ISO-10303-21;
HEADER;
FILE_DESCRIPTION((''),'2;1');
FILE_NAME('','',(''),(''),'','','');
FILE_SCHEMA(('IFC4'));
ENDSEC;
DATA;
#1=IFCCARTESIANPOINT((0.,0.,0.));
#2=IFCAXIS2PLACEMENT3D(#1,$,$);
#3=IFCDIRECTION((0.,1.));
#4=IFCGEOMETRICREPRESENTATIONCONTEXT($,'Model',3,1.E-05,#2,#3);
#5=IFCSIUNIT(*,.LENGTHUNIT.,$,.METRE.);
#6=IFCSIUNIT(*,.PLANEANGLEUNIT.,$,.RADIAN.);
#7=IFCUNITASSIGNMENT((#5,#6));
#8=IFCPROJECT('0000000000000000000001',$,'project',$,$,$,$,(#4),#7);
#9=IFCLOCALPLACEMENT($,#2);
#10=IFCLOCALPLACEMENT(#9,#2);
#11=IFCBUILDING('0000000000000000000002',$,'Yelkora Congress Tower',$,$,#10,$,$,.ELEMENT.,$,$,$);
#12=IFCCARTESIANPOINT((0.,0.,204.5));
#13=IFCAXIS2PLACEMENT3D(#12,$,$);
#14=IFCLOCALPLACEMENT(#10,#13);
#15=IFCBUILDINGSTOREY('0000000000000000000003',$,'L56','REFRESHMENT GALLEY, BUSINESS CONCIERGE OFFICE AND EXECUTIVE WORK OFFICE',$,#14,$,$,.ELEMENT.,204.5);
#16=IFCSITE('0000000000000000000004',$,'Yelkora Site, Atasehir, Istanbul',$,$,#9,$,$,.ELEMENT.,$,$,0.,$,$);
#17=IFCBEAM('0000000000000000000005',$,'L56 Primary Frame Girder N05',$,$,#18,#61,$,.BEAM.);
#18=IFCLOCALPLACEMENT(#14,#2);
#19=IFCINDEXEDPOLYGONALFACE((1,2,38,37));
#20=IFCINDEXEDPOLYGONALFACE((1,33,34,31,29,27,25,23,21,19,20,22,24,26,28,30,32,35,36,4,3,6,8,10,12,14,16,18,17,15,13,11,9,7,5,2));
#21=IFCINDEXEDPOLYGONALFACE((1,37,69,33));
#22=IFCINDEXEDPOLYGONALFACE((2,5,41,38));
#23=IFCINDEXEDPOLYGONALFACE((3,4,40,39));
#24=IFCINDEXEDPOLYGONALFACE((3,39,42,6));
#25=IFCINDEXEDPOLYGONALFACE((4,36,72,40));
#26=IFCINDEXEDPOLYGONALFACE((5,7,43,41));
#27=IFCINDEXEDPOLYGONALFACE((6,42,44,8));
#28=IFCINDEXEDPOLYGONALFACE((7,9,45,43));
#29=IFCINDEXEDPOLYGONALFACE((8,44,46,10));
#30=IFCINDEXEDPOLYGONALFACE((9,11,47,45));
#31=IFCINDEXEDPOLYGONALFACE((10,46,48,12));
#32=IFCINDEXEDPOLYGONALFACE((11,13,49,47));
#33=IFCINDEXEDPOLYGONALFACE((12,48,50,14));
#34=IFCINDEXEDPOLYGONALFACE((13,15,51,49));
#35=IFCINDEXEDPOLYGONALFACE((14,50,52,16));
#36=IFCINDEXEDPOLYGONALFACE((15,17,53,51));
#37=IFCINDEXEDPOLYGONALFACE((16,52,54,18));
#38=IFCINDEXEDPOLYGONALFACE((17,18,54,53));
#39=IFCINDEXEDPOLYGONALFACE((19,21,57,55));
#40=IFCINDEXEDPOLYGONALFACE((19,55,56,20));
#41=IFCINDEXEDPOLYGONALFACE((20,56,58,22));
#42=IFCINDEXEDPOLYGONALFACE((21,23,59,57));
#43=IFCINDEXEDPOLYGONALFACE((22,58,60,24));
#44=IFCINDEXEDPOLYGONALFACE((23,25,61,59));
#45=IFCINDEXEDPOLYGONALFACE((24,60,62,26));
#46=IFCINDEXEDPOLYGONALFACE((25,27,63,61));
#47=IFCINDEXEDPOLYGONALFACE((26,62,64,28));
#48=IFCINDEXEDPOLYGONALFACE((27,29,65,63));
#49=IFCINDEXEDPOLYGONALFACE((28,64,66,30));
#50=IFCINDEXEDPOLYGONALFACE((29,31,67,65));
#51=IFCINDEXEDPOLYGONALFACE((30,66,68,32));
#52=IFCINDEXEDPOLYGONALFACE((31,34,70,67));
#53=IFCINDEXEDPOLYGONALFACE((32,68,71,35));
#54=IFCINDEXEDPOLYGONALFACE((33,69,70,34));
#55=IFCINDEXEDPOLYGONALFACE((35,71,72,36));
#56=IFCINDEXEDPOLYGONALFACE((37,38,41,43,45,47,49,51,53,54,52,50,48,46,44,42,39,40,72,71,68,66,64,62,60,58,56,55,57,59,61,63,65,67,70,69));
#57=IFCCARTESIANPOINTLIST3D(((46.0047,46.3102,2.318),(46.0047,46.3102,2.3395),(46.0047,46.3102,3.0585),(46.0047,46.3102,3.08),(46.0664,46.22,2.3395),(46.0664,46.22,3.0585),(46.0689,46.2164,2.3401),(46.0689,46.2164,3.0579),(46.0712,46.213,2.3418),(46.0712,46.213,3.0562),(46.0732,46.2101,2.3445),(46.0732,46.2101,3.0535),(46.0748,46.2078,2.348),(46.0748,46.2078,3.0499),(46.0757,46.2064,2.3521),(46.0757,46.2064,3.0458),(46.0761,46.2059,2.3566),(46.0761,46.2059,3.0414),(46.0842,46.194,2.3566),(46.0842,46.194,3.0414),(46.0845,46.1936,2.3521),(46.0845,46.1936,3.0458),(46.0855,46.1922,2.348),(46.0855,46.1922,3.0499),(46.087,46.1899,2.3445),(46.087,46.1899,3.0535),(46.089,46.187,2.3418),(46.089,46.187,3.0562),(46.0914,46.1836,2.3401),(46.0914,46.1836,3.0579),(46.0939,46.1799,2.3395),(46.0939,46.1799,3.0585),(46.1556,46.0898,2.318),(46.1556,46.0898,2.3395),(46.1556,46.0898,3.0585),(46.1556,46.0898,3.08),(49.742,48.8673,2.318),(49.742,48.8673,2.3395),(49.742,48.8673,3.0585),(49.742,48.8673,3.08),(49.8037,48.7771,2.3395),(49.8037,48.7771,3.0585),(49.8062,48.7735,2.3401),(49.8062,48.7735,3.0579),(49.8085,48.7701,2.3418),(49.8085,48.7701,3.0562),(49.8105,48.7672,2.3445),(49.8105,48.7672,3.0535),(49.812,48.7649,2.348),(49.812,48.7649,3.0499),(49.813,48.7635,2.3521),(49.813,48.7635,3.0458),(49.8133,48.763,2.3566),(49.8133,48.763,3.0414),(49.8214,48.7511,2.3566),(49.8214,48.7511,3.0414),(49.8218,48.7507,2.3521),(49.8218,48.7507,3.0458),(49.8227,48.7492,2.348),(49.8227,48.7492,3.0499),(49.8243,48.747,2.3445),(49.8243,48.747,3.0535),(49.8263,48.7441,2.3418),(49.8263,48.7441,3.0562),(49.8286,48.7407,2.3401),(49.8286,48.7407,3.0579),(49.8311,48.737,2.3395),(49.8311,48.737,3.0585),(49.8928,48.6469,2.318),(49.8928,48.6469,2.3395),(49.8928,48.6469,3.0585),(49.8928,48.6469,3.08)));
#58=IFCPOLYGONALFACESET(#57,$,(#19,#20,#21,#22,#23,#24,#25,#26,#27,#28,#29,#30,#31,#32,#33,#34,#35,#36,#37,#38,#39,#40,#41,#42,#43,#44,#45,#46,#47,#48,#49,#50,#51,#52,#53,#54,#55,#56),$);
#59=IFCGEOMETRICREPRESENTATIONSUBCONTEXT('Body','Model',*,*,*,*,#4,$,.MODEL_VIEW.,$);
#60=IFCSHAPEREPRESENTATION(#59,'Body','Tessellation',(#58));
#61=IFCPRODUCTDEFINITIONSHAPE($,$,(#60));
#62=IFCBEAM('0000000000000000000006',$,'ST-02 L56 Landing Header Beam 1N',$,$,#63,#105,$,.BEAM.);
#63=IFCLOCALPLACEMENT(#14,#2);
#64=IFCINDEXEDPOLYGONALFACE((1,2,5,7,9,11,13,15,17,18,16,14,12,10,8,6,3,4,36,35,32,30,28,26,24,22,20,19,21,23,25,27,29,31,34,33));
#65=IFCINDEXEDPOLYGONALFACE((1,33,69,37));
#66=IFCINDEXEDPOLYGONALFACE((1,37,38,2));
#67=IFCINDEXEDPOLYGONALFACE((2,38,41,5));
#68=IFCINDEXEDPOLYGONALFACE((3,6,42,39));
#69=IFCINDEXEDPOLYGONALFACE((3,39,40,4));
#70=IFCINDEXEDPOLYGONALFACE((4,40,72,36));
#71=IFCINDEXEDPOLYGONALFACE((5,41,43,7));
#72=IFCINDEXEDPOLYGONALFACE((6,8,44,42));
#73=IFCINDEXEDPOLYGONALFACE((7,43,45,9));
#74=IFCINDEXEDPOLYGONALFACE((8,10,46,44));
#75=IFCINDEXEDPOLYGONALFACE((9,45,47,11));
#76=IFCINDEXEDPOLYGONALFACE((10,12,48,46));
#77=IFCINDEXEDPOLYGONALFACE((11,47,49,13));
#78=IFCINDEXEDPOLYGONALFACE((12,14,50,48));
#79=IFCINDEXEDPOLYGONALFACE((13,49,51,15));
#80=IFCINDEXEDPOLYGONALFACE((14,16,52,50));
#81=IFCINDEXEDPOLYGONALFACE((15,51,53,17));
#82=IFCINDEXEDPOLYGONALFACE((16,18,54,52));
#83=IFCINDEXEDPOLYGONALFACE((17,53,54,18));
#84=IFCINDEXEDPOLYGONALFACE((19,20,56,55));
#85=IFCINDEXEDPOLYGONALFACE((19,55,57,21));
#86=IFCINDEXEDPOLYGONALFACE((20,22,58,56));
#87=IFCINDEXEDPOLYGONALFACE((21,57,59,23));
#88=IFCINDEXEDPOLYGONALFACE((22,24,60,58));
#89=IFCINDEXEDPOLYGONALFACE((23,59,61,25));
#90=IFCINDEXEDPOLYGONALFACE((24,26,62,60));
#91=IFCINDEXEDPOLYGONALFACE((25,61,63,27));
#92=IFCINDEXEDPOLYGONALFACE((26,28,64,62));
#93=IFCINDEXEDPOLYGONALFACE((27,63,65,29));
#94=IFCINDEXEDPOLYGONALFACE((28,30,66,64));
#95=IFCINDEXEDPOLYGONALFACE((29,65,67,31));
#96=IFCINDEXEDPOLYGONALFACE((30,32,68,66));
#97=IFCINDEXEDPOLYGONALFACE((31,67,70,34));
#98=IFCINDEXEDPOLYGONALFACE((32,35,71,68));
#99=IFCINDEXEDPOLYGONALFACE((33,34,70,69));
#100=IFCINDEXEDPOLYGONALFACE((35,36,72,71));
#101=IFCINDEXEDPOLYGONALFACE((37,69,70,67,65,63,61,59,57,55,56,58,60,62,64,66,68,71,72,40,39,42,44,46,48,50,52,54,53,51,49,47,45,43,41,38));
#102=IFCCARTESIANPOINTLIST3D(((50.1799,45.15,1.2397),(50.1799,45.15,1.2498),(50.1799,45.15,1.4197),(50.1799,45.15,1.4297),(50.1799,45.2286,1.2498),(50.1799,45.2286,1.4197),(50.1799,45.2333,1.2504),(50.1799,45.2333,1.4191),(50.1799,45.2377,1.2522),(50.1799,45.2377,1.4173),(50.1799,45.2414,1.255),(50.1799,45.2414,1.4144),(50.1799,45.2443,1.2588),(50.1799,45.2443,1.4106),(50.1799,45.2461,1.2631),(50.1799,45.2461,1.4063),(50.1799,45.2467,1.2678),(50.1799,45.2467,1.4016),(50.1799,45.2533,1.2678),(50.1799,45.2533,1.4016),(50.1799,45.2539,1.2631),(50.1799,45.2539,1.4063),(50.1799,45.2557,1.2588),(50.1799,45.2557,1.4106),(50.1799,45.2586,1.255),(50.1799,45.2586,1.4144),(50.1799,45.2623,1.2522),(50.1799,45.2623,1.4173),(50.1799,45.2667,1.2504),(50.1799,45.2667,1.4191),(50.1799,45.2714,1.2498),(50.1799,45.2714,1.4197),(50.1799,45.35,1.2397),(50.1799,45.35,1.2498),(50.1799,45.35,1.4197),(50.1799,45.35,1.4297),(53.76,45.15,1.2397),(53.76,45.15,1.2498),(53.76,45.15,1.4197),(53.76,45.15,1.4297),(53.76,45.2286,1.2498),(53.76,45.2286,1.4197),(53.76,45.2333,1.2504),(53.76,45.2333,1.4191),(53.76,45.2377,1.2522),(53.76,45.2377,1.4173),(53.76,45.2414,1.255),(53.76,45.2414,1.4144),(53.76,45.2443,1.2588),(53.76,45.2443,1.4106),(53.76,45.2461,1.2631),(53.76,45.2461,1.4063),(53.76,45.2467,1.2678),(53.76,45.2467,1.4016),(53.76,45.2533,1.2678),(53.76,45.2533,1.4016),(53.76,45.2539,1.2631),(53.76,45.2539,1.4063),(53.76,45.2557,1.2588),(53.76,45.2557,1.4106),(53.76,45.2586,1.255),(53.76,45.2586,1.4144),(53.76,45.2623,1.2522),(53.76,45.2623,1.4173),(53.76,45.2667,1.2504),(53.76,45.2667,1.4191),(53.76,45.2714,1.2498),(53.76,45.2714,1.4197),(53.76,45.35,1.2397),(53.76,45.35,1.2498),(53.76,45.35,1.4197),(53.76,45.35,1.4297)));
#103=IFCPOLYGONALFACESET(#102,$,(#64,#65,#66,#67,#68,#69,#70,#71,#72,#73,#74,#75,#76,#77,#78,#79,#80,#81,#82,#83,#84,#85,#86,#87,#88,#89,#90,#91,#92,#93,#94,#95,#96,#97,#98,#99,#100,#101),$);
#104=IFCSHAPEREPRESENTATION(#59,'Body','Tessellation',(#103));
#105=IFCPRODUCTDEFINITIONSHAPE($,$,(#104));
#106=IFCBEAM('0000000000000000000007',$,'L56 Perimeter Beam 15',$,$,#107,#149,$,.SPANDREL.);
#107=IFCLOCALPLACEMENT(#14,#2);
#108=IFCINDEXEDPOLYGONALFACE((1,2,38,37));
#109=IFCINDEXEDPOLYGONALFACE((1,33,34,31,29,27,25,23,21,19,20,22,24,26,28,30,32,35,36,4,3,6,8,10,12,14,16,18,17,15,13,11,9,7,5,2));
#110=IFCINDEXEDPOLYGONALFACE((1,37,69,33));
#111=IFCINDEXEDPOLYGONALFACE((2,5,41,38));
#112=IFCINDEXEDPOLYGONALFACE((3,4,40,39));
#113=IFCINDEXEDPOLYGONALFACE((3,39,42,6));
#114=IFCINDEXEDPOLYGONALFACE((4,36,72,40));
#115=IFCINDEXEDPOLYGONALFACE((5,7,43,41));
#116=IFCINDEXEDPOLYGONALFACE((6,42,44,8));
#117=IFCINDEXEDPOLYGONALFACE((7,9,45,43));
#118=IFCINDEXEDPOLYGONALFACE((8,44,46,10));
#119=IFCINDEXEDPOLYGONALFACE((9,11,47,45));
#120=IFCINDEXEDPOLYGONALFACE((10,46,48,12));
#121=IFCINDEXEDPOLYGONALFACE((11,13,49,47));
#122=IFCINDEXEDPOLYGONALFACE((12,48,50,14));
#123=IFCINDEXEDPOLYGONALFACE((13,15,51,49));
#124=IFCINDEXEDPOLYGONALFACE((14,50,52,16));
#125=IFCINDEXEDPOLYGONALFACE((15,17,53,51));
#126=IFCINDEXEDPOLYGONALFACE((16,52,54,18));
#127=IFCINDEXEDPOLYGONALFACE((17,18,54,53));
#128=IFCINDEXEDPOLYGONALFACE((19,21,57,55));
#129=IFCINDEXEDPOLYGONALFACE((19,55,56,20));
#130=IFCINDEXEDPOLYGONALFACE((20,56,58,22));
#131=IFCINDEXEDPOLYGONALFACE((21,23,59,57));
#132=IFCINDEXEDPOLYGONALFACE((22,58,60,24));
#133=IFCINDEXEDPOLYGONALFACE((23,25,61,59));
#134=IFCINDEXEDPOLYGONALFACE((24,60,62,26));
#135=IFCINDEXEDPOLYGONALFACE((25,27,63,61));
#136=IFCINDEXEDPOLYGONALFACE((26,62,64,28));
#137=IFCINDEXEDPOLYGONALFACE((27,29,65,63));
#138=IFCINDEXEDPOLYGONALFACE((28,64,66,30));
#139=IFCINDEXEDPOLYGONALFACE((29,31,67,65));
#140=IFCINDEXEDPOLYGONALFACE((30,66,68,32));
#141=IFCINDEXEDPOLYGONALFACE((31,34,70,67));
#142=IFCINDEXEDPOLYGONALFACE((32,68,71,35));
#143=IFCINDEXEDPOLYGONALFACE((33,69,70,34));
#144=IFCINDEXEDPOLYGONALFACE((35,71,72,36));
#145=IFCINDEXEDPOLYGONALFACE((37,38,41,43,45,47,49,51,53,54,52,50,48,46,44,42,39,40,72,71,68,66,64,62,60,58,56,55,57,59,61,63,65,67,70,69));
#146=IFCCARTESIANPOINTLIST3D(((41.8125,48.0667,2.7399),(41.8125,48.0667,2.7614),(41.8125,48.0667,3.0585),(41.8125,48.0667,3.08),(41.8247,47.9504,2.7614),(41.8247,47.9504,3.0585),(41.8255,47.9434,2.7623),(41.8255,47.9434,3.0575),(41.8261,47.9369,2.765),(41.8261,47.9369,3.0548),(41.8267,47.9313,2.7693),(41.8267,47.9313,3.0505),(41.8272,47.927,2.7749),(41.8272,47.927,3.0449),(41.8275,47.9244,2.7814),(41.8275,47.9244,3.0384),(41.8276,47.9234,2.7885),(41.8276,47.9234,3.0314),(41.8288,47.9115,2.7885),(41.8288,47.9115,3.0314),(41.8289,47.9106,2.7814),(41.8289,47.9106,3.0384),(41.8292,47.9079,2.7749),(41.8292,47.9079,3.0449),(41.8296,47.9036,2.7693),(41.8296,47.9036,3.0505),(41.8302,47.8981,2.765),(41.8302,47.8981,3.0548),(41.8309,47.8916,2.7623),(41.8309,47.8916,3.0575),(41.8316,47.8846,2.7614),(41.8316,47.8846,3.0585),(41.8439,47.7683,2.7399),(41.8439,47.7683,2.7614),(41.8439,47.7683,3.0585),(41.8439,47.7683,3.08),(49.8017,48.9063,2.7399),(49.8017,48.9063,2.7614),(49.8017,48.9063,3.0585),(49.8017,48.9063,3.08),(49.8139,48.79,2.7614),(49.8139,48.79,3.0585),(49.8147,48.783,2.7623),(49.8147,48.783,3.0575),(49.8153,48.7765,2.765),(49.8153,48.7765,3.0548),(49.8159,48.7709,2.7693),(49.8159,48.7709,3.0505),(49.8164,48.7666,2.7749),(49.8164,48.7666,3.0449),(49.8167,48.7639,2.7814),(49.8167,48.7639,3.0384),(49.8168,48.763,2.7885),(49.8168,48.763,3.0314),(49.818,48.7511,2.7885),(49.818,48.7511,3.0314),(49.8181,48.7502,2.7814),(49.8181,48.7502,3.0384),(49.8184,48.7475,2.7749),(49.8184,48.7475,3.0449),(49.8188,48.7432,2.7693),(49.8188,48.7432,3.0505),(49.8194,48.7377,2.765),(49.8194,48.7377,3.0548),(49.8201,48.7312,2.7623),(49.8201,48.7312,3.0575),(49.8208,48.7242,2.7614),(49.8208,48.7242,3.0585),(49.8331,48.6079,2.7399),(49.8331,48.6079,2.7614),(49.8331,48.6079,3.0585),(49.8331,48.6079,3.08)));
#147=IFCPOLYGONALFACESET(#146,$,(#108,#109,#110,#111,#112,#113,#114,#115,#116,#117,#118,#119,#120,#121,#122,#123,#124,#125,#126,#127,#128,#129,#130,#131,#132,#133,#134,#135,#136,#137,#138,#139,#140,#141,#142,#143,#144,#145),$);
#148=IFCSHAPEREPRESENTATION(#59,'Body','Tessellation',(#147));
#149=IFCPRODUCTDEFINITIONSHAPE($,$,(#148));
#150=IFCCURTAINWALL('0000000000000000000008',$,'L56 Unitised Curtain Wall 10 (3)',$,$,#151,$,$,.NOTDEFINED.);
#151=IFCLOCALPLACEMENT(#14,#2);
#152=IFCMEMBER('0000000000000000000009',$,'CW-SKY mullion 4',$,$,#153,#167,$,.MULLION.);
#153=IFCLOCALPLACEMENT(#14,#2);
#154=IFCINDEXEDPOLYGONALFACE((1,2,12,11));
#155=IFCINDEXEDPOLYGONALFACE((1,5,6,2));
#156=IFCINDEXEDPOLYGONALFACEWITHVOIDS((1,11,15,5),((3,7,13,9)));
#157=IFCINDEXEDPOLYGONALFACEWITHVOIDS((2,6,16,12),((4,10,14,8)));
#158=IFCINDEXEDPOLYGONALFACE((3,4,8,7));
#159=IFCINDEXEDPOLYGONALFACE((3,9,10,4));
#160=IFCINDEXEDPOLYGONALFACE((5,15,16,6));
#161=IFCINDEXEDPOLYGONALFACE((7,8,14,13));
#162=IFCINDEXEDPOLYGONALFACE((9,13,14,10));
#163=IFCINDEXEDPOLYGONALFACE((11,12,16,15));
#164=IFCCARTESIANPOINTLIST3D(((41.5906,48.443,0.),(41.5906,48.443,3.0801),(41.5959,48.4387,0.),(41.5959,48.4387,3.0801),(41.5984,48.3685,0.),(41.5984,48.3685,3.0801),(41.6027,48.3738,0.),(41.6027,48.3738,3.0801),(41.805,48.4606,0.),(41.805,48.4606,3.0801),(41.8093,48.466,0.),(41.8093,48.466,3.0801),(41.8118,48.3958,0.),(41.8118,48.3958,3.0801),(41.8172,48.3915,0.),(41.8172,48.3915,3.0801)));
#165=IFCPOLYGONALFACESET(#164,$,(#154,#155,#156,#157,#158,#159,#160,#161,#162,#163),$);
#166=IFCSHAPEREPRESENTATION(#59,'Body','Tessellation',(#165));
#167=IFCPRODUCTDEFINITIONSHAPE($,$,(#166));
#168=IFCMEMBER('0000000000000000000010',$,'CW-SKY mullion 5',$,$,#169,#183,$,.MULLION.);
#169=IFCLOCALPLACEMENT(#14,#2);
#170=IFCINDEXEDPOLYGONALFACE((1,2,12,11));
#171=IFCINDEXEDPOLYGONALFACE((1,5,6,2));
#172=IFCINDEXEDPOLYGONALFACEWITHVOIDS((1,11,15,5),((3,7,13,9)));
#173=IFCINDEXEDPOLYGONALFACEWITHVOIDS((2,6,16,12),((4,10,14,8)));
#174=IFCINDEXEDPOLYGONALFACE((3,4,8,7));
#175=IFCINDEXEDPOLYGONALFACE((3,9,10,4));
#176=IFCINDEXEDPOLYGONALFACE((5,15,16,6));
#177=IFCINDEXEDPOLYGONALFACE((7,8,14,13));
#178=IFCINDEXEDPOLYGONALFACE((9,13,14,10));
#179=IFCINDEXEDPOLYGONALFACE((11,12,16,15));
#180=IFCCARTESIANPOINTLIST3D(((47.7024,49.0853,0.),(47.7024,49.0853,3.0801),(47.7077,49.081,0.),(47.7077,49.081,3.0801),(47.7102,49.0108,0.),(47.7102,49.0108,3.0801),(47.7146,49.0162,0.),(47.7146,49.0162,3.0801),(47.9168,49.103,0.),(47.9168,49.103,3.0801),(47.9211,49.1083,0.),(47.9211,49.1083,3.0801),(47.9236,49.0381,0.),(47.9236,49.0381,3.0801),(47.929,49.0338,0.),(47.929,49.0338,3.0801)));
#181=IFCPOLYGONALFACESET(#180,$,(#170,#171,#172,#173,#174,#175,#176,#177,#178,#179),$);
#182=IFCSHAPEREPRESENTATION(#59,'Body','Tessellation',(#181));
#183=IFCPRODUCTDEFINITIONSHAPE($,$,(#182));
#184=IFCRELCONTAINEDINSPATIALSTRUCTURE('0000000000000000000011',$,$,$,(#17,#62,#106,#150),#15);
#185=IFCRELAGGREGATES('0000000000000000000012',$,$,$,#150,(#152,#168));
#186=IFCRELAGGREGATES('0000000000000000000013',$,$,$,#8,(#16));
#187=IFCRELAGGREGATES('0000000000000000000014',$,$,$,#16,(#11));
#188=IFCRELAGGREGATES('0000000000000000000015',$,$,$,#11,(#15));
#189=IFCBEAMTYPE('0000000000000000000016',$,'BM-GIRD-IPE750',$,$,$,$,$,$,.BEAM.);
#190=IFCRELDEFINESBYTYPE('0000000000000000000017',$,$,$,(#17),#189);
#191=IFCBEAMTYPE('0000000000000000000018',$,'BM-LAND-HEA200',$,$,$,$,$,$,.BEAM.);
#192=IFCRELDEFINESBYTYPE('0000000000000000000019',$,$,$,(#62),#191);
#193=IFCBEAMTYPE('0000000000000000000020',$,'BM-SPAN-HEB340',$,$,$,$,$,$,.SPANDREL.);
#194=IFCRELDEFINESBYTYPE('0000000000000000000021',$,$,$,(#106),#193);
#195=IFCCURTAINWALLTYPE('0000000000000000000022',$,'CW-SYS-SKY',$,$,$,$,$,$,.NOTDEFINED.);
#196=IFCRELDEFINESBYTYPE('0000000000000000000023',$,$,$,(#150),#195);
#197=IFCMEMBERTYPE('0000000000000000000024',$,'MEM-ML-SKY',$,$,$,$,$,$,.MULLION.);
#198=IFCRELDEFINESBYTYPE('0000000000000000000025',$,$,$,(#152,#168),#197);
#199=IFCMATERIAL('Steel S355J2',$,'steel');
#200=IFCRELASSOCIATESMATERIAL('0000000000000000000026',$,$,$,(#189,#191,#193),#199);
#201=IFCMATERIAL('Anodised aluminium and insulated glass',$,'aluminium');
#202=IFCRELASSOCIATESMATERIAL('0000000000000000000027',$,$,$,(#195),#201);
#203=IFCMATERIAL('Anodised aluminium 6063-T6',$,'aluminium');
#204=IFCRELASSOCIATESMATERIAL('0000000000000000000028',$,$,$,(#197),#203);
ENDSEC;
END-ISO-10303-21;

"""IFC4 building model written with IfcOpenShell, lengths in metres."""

from ifc_helpers import new_model, si_unit, direction, frame, origin, origin_2d, place, context, subcontext, project, spatial, hollow_rectangle, i_section, extrude, material, material_profile, profile_set, type_object, element, aggregate, save


model = new_model("IFC4")

# Units and contexts
model_context = context("Model", 3, precision=1e-05, world=origin(), true_north=direction((0.0, 1.0)))
body_context = subcontext(model_context, "Body", "Model", "MODEL_VIEW")
ifc_project = project(units=[si_unit("LENGTHUNIT", "METRE"), si_unit("PLANEANGLEUNIT", "RADIAN")], contexts=[model_context])

# Site, building, storey
site_placement = place(None, origin())
site = spatial("IfcSite", under=ifc_project, at=site_placement, Name="Yelkora Site, Atasehir, Istanbul", CompositionType="ELEMENT", RefElevation=0.0)
building_placement = place(site_placement, origin())
building = spatial("IfcBuilding", under=site, at=building_placement, Name="Yelkora Congress Tower", CompositionType="ELEMENT")
storey_placement = place(building_placement, frame((0.0, 0.0, 204.5)))
storey = spatial("IfcBuildingStorey", under=building, at=storey_placement, Name="L56", Description="REFRESHMENT GALLEY, BUSINESS CONCIERGE OFFICE AND EXECUTIVE WORK OFFICE", CompositionType="ELEMENT", Elevation=204.5)

# Shared definitions
ifc_material_1 = material(Name="Steel S355J2", Category="steel")

# Beams
ifc_material_profile_1 = material_profile(ifc_material_1, i_section(OverallWidth=0.2671, OverallDepth=0.762, WebThickness=0.0144, FlangeThickness=0.0215, FilletRadius=0.0171, at=origin_2d()), Name="IPE 750x173")
ifc_profile_set_1 = profile_set([ifc_material_profile_1], Name="Steel S355J2")
beam_type_1 = type_object("IfcBeamType", Name="BM-GIRD-IPE750", PredefinedType="BEAM", material=ifc_profile_set_1)
beam_1_placement = place(storey_placement, frame((49.8174, 48.7571, 2.699), z_axis=(-0.825305, -0.564688, 0.0), x_axis=(0.564688, -0.825305, 0.0)))
element("IfcBeam", 1, at=beam_1_placement, inside=storey, type_object=beam_type_1, Name="L56 Primary Frame Girder N05", PredefinedType="BEAM", context=body_context, shape_type="SweptSolid", body=[
    extrude(i_section(OverallWidth=0.2671, OverallDepth=0.762, WebThickness=0.0144, FlangeThickness=0.0215, FilletRadius=0.0171, at=origin_2d()), origin(), (0.0, 0.0, 1.0), 4.5283),
])
ifc_material_profile_2 = material_profile(ifc_material_1, i_section(OverallWidth=0.2, OverallDepth=0.1899, WebThickness=0.0066, FlangeThickness=0.01, FilletRadius=0.0181, at=origin_2d()), Name="HEA 200")
ifc_profile_set_2 = profile_set([ifc_material_profile_2], Name="Steel S355J2")
beam_type_2 = type_object("IfcBeamType", Name="BM-LAND-HEA200", PredefinedType="BEAM", material=ifc_profile_set_2)
beam_2_placement = place(storey_placement, frame((50.1799, 45.25, 1.3347), z_axis=(1.0, 0.0, 0.0), x_axis=(0.0, 1.0, 0.0)))
element("IfcBeam", 2, at=beam_2_placement, inside=storey, type_object=beam_type_2, Name="ST-02 L56 Landing Header Beam 1N", PredefinedType="BEAM", context=body_context, shape_type="SweptSolid", body=[
    extrude(i_section(OverallWidth=0.2, OverallDepth=0.1899, WebThickness=0.0066, FlangeThickness=0.01, FilletRadius=0.0181, at=origin_2d()), origin(), (0.0, 0.0, 1.0), 3.5801),
])
ifc_material_profile_3 = material_profile(ifc_material_1, i_section(OverallWidth=0.3, OverallDepth=0.3401, WebThickness=0.012, FlangeThickness=0.0215, FilletRadius=0.0271, at=origin_2d()), Name="HEB 340")
ifc_profile_set_3 = profile_set([ifc_material_profile_3], Name="Steel S355J2")
beam_type_3 = type_object("IfcBeamType", Name="BM-SPAN-HEB340", PredefinedType="SPANDREL", material=ifc_profile_set_3)
beam_3_placement = place(storey_placement, frame((49.8174, 48.7571, 2.9099), z_axis=(-0.994523, -0.104516, 0.0), x_axis=(0.104516, -0.994523, 0.0)))
element("IfcBeam", 3, at=beam_3_placement, inside=storey, type_object=beam_type_3, Name="L56 Perimeter Beam 15", PredefinedType="SPANDREL", context=body_context, shape_type="SweptSolid", body=[
    extrude(i_section(OverallWidth=0.3, OverallDepth=0.3401, WebThickness=0.012, FlangeThickness=0.0215, FilletRadius=0.0271, at=origin_2d()), origin(), (0.0, 0.0, 1.0), 8.0332),
])

# Curtain wall, members
ifc_material_2 = material(Name="Anodised aluminium and insulated glass", Category="aluminium")
curtain_wall_type = type_object("IfcCurtainWallType", Name="CW-SYS-SKY", PredefinedType="NOTDEFINED", material=ifc_material_2)
curtain_wall_placement = place(storey_placement, origin())
curtain_wall = element("IfcCurtainWall", 4, at=curtain_wall_placement, inside=storey, type_object=curtain_wall_type, Name="L56 Unitised Curtain Wall 10 (3)", PredefinedType="NOTDEFINED")
ifc_material_3 = material(Name="Anodised aluminium 6063-T6", Category="aluminium")
ifc_material_profile_4 = material_profile(ifc_material_3, hollow_rectangle(XDim=0.075, YDim=0.22, WallThickness=0.0049, at=origin_2d()), Name="ALU 75x220x5")
ifc_profile_set_4 = profile_set([ifc_material_profile_4], Name="Anodised aluminium 6063-T6")
member_type_1 = type_object("IfcMemberType", Name="MEM-ML-SKY", PredefinedType="MULLION", material=ifc_profile_set_4)
member_1_placement = place(storey_placement, frame((41.7039, 48.4172, 0.0), z_axis=(0.0, 0.0, 1.0), x_axis=(-0.104528, 0.994522, 0.0)))
member_1 = element("IfcMember", 5, at=member_1_placement, type_object=member_type_1, Name="CW-SKY mullion 4", PredefinedType="MULLION", context=body_context, shape_type="SweptSolid", body=[
    extrude(hollow_rectangle(XDim=0.075, YDim=0.22, WallThickness=0.0049, at=origin_2d()), origin(), (0.0, 0.0, 1.0), 3.0801),
])
member_2_placement = place(storey_placement, frame((47.8157, 49.0596, 0.0), z_axis=(0.0, 0.0, 1.0), x_axis=(-0.104528, 0.994522, 0.0)))
member_2 = element("IfcMember", 6, at=member_2_placement, type_object=member_type_1, Name="CW-SKY mullion 5", PredefinedType="MULLION", context=body_context, shape_type="SweptSolid", body=[
    extrude(hollow_rectangle(XDim=0.075, YDim=0.22, WallThickness=0.0049, at=origin_2d()), origin(), (0.0, 0.0, 1.0), 3.0801),
])
aggregate(curtain_wall, [member_1, member_2])

save(model, "model.ifc")
